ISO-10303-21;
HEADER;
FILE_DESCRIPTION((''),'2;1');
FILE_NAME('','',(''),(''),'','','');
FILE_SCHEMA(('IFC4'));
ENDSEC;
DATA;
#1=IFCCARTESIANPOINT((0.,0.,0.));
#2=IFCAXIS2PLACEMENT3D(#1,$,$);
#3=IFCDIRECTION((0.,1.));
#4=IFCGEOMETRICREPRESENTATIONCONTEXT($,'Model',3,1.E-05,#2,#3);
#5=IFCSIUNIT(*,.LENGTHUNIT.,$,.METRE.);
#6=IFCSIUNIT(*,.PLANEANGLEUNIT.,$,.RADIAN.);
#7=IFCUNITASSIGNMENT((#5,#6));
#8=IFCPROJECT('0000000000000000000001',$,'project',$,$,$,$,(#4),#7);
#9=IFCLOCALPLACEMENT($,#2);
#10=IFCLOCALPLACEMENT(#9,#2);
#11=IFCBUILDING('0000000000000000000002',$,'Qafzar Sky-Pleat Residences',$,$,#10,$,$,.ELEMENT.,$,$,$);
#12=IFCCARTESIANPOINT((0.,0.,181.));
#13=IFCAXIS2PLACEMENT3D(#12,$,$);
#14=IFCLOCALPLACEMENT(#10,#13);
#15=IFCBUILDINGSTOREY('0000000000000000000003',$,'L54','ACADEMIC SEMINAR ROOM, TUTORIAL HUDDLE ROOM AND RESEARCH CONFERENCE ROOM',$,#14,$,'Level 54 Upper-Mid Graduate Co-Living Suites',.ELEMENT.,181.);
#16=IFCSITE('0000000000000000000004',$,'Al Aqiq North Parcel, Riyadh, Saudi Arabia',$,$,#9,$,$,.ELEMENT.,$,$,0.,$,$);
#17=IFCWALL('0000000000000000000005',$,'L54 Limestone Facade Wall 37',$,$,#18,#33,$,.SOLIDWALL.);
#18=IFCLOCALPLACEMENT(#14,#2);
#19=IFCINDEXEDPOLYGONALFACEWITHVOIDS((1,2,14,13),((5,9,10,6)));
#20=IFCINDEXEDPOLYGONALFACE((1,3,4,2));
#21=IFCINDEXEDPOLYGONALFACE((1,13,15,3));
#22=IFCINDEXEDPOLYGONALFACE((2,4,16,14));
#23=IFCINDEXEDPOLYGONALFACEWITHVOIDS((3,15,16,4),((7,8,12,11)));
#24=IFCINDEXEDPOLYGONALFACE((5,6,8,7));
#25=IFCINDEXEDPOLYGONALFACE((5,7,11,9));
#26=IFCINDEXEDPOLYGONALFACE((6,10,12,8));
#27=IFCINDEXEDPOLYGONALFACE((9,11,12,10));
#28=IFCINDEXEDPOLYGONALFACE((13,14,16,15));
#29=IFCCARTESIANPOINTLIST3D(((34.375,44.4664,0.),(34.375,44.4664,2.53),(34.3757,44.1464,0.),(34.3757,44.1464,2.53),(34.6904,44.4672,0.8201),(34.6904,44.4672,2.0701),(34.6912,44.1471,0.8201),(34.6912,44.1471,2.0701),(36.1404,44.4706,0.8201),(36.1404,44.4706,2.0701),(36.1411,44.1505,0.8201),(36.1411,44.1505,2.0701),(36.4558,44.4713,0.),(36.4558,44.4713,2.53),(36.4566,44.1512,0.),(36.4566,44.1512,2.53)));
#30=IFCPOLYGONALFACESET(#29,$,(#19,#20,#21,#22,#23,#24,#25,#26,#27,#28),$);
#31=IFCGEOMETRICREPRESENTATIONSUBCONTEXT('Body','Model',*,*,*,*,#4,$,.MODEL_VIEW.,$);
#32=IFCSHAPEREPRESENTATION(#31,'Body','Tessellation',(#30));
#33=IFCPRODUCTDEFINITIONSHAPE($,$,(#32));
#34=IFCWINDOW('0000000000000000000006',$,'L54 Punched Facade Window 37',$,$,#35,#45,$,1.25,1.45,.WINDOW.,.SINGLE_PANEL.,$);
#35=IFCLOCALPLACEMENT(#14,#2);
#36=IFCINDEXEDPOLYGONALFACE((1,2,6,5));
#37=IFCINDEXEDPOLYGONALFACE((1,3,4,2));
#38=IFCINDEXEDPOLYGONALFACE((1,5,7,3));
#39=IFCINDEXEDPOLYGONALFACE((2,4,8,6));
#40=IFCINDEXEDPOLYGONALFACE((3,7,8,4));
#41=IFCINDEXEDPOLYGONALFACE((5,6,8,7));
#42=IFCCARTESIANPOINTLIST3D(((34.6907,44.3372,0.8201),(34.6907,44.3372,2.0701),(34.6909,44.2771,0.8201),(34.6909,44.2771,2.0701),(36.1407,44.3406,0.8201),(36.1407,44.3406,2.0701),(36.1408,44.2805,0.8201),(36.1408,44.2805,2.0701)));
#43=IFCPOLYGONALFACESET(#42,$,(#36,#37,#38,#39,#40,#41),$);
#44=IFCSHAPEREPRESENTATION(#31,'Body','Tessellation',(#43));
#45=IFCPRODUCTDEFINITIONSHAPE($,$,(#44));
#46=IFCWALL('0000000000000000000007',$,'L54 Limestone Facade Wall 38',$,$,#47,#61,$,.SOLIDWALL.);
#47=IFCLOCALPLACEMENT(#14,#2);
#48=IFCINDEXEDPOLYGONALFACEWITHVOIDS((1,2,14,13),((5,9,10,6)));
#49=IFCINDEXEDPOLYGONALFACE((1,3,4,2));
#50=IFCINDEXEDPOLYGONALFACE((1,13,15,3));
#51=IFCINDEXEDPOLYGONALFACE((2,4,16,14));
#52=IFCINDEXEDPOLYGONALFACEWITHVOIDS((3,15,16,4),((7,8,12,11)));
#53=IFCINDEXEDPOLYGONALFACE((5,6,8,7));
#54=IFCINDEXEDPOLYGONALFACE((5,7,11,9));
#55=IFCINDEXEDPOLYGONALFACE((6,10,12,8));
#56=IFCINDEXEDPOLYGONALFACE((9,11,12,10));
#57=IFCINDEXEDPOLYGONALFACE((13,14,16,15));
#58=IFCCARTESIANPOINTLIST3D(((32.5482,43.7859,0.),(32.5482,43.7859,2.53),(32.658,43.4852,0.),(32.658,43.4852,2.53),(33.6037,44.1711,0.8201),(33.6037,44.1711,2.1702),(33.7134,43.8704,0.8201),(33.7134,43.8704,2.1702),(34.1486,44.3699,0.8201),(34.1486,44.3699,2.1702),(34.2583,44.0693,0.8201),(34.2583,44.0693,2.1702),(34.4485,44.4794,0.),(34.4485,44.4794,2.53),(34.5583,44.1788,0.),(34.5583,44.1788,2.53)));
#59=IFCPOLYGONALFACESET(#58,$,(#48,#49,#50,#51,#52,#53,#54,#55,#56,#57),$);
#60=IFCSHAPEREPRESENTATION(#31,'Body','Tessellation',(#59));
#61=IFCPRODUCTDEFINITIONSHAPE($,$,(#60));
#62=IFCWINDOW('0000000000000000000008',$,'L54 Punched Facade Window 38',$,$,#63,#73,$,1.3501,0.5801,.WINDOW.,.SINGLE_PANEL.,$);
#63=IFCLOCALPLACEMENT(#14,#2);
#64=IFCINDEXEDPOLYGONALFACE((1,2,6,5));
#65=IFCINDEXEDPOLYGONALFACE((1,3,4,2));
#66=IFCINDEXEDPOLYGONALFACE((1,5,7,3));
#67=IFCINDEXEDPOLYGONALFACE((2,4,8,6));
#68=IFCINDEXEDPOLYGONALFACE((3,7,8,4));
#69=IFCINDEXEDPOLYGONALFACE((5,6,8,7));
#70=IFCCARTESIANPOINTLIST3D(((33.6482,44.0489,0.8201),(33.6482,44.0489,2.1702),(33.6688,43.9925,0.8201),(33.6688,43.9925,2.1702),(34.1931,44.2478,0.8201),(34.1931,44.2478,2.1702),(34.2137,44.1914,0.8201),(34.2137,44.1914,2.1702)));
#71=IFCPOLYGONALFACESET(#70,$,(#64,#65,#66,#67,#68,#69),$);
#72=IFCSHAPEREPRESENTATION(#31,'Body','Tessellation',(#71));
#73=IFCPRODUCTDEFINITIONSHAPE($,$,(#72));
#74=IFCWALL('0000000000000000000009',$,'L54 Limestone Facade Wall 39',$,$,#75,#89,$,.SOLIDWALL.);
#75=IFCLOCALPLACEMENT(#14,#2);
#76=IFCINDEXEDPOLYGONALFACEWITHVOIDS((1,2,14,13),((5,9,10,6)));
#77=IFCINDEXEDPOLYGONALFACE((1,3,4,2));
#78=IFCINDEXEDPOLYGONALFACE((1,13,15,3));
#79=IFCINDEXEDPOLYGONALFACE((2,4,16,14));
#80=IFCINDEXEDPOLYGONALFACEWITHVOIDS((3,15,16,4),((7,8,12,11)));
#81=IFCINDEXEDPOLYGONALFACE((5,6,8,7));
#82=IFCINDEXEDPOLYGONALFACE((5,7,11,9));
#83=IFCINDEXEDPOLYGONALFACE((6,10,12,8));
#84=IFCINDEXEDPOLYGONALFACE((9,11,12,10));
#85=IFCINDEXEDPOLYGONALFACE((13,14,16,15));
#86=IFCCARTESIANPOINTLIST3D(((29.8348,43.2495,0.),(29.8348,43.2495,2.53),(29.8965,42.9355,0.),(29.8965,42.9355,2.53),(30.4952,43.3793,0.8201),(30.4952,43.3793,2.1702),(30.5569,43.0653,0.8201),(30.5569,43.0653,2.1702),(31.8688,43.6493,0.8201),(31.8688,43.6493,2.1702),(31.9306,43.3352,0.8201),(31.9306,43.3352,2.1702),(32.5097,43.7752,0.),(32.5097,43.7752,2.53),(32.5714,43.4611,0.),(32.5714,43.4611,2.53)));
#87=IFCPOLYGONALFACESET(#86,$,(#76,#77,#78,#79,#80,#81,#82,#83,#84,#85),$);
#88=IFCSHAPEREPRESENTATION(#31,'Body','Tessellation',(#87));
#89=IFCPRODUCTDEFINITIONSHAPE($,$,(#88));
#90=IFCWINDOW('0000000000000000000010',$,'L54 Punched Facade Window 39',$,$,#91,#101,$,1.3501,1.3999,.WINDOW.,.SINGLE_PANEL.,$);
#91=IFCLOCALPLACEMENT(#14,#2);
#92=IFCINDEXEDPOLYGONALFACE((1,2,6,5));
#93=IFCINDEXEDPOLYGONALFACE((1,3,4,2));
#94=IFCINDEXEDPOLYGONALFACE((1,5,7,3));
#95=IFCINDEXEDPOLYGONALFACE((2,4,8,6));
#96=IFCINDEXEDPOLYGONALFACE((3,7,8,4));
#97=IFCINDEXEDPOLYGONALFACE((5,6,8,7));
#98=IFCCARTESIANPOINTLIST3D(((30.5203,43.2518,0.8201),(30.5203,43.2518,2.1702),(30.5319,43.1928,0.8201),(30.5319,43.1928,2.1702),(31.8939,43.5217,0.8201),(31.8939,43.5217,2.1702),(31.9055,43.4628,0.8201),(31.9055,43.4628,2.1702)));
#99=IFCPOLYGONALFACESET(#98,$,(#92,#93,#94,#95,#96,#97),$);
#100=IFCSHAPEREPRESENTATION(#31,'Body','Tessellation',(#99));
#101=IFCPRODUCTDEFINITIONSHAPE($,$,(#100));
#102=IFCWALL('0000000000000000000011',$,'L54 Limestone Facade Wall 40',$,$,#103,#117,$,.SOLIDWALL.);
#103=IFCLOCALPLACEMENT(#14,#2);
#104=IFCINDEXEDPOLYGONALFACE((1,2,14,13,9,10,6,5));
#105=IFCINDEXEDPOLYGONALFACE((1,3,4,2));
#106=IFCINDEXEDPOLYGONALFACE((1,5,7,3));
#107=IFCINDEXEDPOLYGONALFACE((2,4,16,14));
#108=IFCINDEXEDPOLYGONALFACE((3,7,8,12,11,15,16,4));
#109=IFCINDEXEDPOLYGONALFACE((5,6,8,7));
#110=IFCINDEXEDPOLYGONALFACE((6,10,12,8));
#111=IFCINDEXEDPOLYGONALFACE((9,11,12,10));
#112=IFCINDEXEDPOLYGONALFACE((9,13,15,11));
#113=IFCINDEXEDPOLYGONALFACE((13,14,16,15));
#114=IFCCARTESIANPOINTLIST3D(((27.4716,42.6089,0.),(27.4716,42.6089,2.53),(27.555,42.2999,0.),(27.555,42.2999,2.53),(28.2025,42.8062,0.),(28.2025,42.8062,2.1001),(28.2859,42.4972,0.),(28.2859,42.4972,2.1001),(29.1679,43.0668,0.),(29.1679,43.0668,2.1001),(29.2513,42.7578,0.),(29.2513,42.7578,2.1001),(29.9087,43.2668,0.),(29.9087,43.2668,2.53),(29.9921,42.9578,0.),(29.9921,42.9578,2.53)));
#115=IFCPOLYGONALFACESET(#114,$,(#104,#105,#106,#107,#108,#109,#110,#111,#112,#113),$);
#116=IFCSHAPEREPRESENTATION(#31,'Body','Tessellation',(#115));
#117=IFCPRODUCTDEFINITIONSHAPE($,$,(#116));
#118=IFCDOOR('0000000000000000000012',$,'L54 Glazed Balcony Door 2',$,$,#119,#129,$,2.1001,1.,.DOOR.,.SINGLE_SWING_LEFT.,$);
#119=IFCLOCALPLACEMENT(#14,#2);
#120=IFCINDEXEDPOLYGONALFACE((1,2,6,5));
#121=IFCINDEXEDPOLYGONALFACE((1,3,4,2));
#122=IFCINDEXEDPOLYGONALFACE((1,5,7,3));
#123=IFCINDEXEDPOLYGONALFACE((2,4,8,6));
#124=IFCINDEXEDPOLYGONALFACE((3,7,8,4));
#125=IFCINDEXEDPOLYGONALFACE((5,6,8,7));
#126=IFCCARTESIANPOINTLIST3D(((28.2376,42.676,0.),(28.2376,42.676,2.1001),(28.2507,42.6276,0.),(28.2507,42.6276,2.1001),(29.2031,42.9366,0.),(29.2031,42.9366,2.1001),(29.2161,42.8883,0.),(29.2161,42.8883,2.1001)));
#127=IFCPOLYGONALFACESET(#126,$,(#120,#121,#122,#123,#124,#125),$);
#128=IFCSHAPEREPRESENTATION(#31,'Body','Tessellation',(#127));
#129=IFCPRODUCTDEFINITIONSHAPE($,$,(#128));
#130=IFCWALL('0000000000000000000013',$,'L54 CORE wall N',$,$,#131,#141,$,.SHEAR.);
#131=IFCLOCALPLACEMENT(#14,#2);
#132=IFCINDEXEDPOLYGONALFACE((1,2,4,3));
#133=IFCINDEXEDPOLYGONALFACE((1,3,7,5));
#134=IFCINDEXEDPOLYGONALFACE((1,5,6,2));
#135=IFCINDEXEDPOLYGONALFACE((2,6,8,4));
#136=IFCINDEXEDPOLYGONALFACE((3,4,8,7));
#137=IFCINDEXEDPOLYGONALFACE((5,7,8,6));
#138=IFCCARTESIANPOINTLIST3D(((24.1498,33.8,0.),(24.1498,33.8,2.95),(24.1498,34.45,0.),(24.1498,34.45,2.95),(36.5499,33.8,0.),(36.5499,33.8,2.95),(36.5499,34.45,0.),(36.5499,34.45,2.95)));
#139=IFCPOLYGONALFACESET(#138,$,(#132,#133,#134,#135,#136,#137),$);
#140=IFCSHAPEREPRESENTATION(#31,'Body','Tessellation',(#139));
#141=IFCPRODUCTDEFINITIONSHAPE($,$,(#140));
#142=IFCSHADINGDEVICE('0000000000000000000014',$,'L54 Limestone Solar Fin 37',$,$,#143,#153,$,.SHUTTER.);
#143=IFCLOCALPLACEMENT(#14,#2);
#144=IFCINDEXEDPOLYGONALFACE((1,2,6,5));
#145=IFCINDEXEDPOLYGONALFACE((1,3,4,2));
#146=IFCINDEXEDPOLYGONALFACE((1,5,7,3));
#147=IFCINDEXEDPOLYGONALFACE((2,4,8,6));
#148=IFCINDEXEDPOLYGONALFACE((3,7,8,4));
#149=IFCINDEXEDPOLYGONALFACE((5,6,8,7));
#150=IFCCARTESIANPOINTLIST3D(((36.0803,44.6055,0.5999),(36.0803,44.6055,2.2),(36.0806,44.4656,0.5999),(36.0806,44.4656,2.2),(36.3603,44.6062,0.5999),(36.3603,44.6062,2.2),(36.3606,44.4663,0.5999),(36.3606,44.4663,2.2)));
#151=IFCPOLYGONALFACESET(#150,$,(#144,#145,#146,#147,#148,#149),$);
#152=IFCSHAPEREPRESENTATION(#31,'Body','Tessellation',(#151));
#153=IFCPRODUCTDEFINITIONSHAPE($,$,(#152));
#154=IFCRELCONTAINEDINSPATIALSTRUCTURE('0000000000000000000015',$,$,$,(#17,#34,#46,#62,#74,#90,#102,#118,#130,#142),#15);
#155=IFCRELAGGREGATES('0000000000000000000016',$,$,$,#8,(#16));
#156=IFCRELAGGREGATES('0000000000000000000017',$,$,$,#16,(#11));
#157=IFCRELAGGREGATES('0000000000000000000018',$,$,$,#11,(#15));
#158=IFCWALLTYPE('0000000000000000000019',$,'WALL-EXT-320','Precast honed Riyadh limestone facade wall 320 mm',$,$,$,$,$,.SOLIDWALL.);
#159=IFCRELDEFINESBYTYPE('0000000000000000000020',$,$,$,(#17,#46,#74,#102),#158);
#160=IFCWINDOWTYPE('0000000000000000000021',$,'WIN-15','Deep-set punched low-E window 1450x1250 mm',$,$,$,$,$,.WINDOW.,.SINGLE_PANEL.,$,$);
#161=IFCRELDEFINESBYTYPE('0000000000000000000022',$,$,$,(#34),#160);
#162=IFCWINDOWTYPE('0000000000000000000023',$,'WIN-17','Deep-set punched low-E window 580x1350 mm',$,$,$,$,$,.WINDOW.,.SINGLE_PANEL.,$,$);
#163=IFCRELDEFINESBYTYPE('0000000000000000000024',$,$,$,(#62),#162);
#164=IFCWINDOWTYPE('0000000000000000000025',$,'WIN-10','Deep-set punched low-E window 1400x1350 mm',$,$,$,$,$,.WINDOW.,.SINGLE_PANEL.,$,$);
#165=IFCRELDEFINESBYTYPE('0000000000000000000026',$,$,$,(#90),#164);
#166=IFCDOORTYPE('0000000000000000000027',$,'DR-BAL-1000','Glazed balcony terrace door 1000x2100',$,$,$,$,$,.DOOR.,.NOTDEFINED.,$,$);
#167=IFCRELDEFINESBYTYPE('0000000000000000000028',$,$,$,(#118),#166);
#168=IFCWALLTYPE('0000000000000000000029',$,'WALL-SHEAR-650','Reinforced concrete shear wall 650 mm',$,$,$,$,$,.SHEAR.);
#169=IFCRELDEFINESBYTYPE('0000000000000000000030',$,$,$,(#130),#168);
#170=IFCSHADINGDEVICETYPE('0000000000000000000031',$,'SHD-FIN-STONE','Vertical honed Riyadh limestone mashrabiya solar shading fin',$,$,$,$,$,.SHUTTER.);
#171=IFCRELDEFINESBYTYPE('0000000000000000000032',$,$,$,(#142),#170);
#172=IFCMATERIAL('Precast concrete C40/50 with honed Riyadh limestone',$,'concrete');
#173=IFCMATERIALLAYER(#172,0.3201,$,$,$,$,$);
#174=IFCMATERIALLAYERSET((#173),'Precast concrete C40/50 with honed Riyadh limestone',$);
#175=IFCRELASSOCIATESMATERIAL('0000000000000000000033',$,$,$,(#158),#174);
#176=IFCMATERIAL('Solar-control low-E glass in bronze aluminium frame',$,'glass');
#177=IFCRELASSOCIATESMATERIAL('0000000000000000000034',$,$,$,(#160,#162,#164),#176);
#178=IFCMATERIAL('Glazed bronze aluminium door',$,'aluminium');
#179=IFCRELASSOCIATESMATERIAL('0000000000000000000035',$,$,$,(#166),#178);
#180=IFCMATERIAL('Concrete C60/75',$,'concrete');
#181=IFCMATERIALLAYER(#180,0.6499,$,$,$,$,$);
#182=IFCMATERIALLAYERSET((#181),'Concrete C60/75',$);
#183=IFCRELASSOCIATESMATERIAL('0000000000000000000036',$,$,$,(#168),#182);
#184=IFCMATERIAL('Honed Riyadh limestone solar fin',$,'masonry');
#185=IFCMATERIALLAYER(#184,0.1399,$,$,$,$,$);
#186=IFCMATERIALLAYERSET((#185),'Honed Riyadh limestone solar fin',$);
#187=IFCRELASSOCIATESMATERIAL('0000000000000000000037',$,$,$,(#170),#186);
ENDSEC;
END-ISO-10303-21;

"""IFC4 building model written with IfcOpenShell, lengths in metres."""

from ifc_helpers import new_model, si_unit, direction, frame, frame_2d, origin, origin_2d, place, context, subcontext, project, spatial, rectangle, extrude, source, transform, mapped, material, layer, layer_set, type_object, element, fill, save


model = new_model("IFC4")

# Units and contexts
model_context = context("Model", 3, precision=1e-05, world=origin(), true_north=direction((0.0, 1.0)))
body_context = subcontext(model_context, "Body", "Model", "MODEL_VIEW")
ifc_project = project(units=[si_unit("LENGTHUNIT", "METRE"), si_unit("PLANEANGLEUNIT", "RADIAN")], contexts=[model_context])

# Site, building, storey
site_placement = place(None, origin())
site = spatial("IfcSite", under=ifc_project, at=site_placement, Name="Al Aqiq North Parcel, Riyadh, Saudi Arabia", CompositionType="ELEMENT", RefElevation=0.0)
building_placement = place(site_placement, origin())
building = spatial("IfcBuilding", under=site, at=building_placement, Name="Qafzar Sky-Pleat Residences", CompositionType="ELEMENT")
storey_placement = place(building_placement, frame((0.0, 0.0, 181.0)))
storey = spatial("IfcBuildingStorey", under=building, at=storey_placement, Name="L54", Description="ACADEMIC SEMINAR ROOM, TUTORIAL HUDDLE ROOM AND RESEARCH CONFERENCE ROOM", LongName="Level 54 Upper-Mid Graduate Co-Living Suites", CompositionType="ELEMENT", Elevation=181.0)

# Walls, openings, windows
ifc_material_1 = material(Name="Precast concrete C40/50 with honed Riyadh limestone", Category="concrete")
ifc_layer_1 = layer(ifc_material_1, 0.3201)
ifc_layer_set_1 = layer_set([ifc_layer_1], Name="Precast concrete C40/50 with honed Riyadh limestone")
wall_type_1 = type_object("IfcWallType", Name="WALL-EXT-320", Description="Precast honed Riyadh limestone facade wall 320 mm", PredefinedType="SOLIDWALL", material=ifc_layer_set_1)
wall_1_placement = place(storey_placement, frame((36.4563, 44.3113, 0.0), z_axis=(0.0, 0.0, 1.0), x_axis=(-0.999997, -0.002347, 0.0)))
wall_1 = element("IfcWall", 1, at=wall_1_placement, inside=storey, type_object=wall_type_1, Name="L54 Limestone Facade Wall 37", PredefinedType="SOLIDWALL", context=body_context, shape_type="SweptSolid", body=[
    extrude(rectangle(XDim=2.0808, YDim=0.3201, at=frame_2d((1.0405, 0.0))), origin(), (0.0, 0.0, 1.0), 2.53),
])
opening_1_placement = place(wall_1_placement, frame((0.3154, 0.0, 0.8201)))
opening_1 = element("IfcOpeningElement", 2, at=opening_1_placement, cuts=wall_1, PredefinedType="OPENING", context=body_context, shape_type="SweptSolid", body=[
    extrude(rectangle(XDim=1.45, YDim=1.25, at=frame_2d((0.7251, 0.625))), frame((0.0, 0.1699, 0.0), z_axis=(0.0, -1.0, 0.0), x_axis=(1.0, 0.0, 0.0)), (0.0, 0.0, 1.0), 0.3401),
])
ifc_material_2 = material(Name="Solar-control low-E glass in bronze aluminium frame", Category="glass")
window_type_1 = type_object("IfcWindowType", Name="WIN-15", Description="Deep-set punched low-E window 1450x1250 mm", PartitioningType="SINGLE_PANEL", PredefinedType="WINDOW", material=ifc_material_2)
shared_shape_1 = source(origin(), body_context, "Body", "SweptSolid", [
    extrude(rectangle(XDim=1.45, YDim=1.25, at=frame_2d((0.7251, 0.625))), frame((0.0, 0.03, 0.0), z_axis=(0.0, -1.0, 0.0), x_axis=(1.0, 0.0, 0.0)), (0.0, 0.0, 1.0), 0.0601),
])
window_1_placement = place(opening_1_placement, origin())
window_1 = element("IfcWindow", 3, at=window_1_placement, inside=storey, type_object=window_type_1, Name="L54 Punched Facade Window 37", OverallHeight=1.25, OverallWidth=1.45, PartitioningType="SINGLE_PANEL", PredefinedType="WINDOW", context=body_context, shape_type="MappedRepresentation", body=[
    mapped(shared_shape_1, transform((0.0, 0.0, 0.0), x_axis=(1.0, 0.0, 0.0), y_axis=(0.0, 1.0, 0.0), z_axis=(0.0, 0.0, 1.0), scale=1.0)),
])
fill(opening_1, window_1)
wall_2_placement = place(storey_placement, frame((34.5034, 44.3291, 0.0), z_axis=(0.0, 0.0, 1.0), x_axis=(-0.939388, -0.342857, 0.0)))
wall_2 = element("IfcWall", 4, at=wall_2_placement, inside=storey, type_object=wall_type_1, Name="L54 Limestone Facade Wall 38", PredefinedType="SOLIDWALL", context=body_context, shape_type="SweptSolid", body=[
    extrude(rectangle(XDim=2.0229, YDim=0.3201, at=frame_2d((1.0115, 0.0))), origin(), (0.0, 0.0, 1.0), 2.53),
])
opening_2_placement = place(wall_2_placement, frame((0.3193, 0.0, 0.8201)))
opening_2 = element("IfcOpeningElement", 5, at=opening_2_placement, cuts=wall_2, PredefinedType="OPENING", context=body_context, shape_type="SweptSolid", body=[
    extrude(rectangle(XDim=0.5801, YDim=1.3501, at=frame_2d((0.29, 0.675))), frame((0.0, 0.1699, 0.0), z_axis=(0.0, -1.0, 0.0), x_axis=(1.0, 0.0, 0.0)), (0.0, 0.0, 1.0), 0.3401),
])
window_type_2 = type_object("IfcWindowType", Name="WIN-17", Description="Deep-set punched low-E window 580x1350 mm", PartitioningType="SINGLE_PANEL", PredefinedType="WINDOW", material=ifc_material_2)
shared_shape_2 = source(origin(), body_context, "Body", "SweptSolid", [
    extrude(rectangle(XDim=0.5801, YDim=1.3501, at=frame_2d((0.29, 0.675))), frame((0.0, 0.03, 0.0), z_axis=(0.0, -1.0, 0.0), x_axis=(1.0, 0.0, 0.0)), (0.0, 0.0, 1.0), 0.0601),
])
window_2_placement = place(opening_2_placement, origin())
window_2 = element("IfcWindow", 6, at=window_2_placement, inside=storey, type_object=window_type_2, Name="L54 Punched Facade Window 38", OverallHeight=1.3501, OverallWidth=0.5801, PartitioningType="SINGLE_PANEL", PredefinedType="WINDOW", context=body_context, shape_type="MappedRepresentation", body=[
    mapped(shared_shape_2, transform((0.0, 0.0, 0.0), x_axis=(1.0, 0.0, 0.0), y_axis=(0.0, 1.0, 0.0), z_axis=(0.0, 0.0, 1.0), scale=1.0)),
])
fill(opening_2, window_2)
wall_3_placement = place(storey_placement, frame((32.5405, 43.6182, 0.0), z_axis=(0.0, 0.0, 1.0), x_axis=(-0.981233, -0.192825, 0.0)))
wall_3 = element("IfcWall", 7, at=wall_3_placement, inside=storey, type_object=wall_type_1, Name="L54 Limestone Facade Wall 39", PredefinedType="SOLIDWALL", context=body_context, shape_type="SweptSolid", body=[
    extrude(rectangle(XDim=2.7261, YDim=0.3201, at=frame_2d((1.363, 0.0))), origin(), (0.0, 0.0, 1.0), 2.53),
])
opening_3_placement = place(wall_3_placement, frame((0.6531, 0.0, 0.8201)))
opening_3 = element("IfcOpeningElement", 8, at=opening_3_placement, cuts=wall_3, PredefinedType="OPENING", context=body_context, shape_type="SweptSolid", body=[
    extrude(rectangle(XDim=1.3999, YDim=1.3501, at=frame_2d((0.7, 0.675))), frame((0.0, 0.1699, 0.0), z_axis=(0.0, -1.0, 0.0), x_axis=(1.0, 0.0, 0.0)), (0.0, 0.0, 1.0), 0.3401),
])
window_type_3 = type_object("IfcWindowType", Name="WIN-10", Description="Deep-set punched low-E window 1400x1350 mm", PartitioningType="SINGLE_PANEL", PredefinedType="WINDOW", material=ifc_material_2)
shared_shape_3 = source(origin(), body_context, "Body", "SweptSolid", [
    extrude(rectangle(XDim=1.3999, YDim=1.3501, at=frame_2d((0.7, 0.675))), frame((0.0, 0.03, 0.0), z_axis=(0.0, -1.0, 0.0), x_axis=(1.0, 0.0, 0.0)), (0.0, 0.0, 1.0), 0.0601),
])
window_3_placement = place(opening_3_placement, origin())
window_3 = element("IfcWindow", 9, at=window_3_placement, inside=storey, type_object=window_type_3, Name="L54 Punched Facade Window 39", OverallHeight=1.3501, OverallWidth=1.3999, PartitioningType="SINGLE_PANEL", PredefinedType="WINDOW", context=body_context, shape_type="MappedRepresentation", body=[
    mapped(shared_shape_3, transform((0.0, 0.0, 0.0), x_axis=(1.0, 0.0, 0.0), y_axis=(0.0, 1.0, 0.0), z_axis=(0.0, 0.0, 1.0), scale=1.0)),
])
fill(opening_3, window_3)

# Wall, opening, door
wall_4_placement = place(storey_placement, frame((29.9504, 43.1123, 0.0), z_axis=(0.0, 0.0, 1.0), x_axis=(-0.965439, -0.260629, 0.0)))
wall_4 = element("IfcWall", 10, at=wall_4_placement, inside=storey, type_object=wall_type_1, Name="L54 Limestone Facade Wall 40", PredefinedType="SOLIDWALL", context=body_context, shape_type="SweptSolid", body=[
    extrude(rectangle(XDim=2.5244, YDim=0.3201, at=frame_2d((1.2622, 0.0))), origin(), (0.0, 0.0, 1.0), 2.53),
])
opening_4_placement = place(wall_4_placement, frame((0.7673, 0.0, 0.0)))
opening_4 = element("IfcOpeningElement", 11, at=opening_4_placement, cuts=wall_4, PredefinedType="OPENING", context=body_context, shape_type="SweptSolid", body=[
    extrude(rectangle(XDim=1.0, YDim=2.1001, at=frame_2d((0.5, 1.05))), frame((0.0, 0.1699, 0.0), z_axis=(0.0, -1.0, 0.0), x_axis=(1.0, 0.0, 0.0)), (0.0, 0.0, 1.0), 0.3401),
])
ifc_material_3 = material(Name="Glazed bronze aluminium door", Category="aluminium")
door_type_1 = type_object("IfcDoorType", Name="DR-BAL-1000", Description="Glazed balcony terrace door 1000x2100", OperationType="NOTDEFINED", PredefinedType="DOOR", material=ifc_material_3)
shared_shape_4 = source(origin(), body_context, "Body", "SweptSolid", [
    extrude(rectangle(XDim=1.0, YDim=2.1001, at=frame_2d((0.5, 1.05))), frame((0.0, 0.0249, 0.0), z_axis=(0.0, -1.0, 0.0), x_axis=(1.0, 0.0, 0.0)), (0.0, 0.0, 1.0), 0.05),
])
door_1_placement = place(opening_4_placement, origin())
door_1 = element("IfcDoor", 12, at=door_1_placement, inside=storey, type_object=door_type_1, Name="L54 Glazed Balcony Door 2", OperationType="SINGLE_SWING_LEFT", OverallHeight=2.1001, OverallWidth=1.0, PredefinedType="DOOR", context=body_context, shape_type="MappedRepresentation", body=[
    mapped(shared_shape_4, transform((0.0, 0.0, 0.0), x_axis=(1.0, 0.0, 0.0), y_axis=(0.0, 1.0, 0.0), z_axis=(0.0, 0.0, 1.0), scale=1.0)),
])
fill(opening_4, door_1)

# Wall
ifc_material_4 = material(Name="Concrete C60/75", Category="concrete")
ifc_layer_2 = layer(ifc_material_4, 0.6499)
ifc_layer_set_2 = layer_set([ifc_layer_2], Name="Concrete C60/75")
wall_type_2 = type_object("IfcWallType", Name="WALL-SHEAR-650", Description="Reinforced concrete shear wall 650 mm", PredefinedType="SHEAR", material=ifc_layer_set_2)
wall_5_placement = place(storey_placement, frame((36.55, 34.125, 0.0), z_axis=(0.0, 0.0, 1.0), x_axis=(-1.0, 0.0, 0.0)))
element("IfcWall", 13, at=wall_5_placement, inside=storey, type_object=wall_type_2, Name="L54 CORE wall N", PredefinedType="SHEAR", context=body_context, shape_type="SweptSolid", body=[
    extrude(rectangle(XDim=12.4001, YDim=0.6499, at=frame_2d((6.2002, 0.0))), origin(), (0.0, 0.0, 1.0), 2.95),
])

# Shading device
ifc_material_5 = material(Name="Honed Riyadh limestone solar fin", Category="masonry")
ifc_layer_3 = layer(ifc_material_5, 0.1399)
ifc_layer_set_3 = layer_set([ifc_layer_3], Name="Honed Riyadh limestone solar fin")
shading_device_type = type_object("IfcShadingDeviceType", Name="SHD-FIN-STONE", Description="Vertical honed Riyadh limestone mashrabiya solar shading fin", PredefinedType="SHUTTER", material=ifc_layer_set_3)
shared_shape_5 = source(origin(), body_context, "Body", "SweptSolid", [
    extrude(rectangle(XDim=0.1399, YDim=0.28, at=origin_2d()), origin(), (0.0, 0.0, 1.0), 1.6001),
])
shading_device_placement = place(storey_placement, frame((36.2205, 44.5359, 0.5999), z_axis=(0.0, 0.0, 1.0), x_axis=(-0.002444, 0.999997, 0.0)))
element("IfcShadingDevice", 14, at=shading_device_placement, inside=storey, type_object=shading_device_type, Name="L54 Limestone Solar Fin 37", PredefinedType="SHUTTER", context=body_context, shape_type="MappedRepresentation", body=[
    mapped(shared_shape_5, transform((0.0, 0.0, 0.0), x_axis=(1.0, 0.0, 0.0), y_axis=(0.0, 1.0, 0.0), z_axis=(0.0, 0.0, 1.0), scale=1.0)),
])

save(model, "model.ifc")
